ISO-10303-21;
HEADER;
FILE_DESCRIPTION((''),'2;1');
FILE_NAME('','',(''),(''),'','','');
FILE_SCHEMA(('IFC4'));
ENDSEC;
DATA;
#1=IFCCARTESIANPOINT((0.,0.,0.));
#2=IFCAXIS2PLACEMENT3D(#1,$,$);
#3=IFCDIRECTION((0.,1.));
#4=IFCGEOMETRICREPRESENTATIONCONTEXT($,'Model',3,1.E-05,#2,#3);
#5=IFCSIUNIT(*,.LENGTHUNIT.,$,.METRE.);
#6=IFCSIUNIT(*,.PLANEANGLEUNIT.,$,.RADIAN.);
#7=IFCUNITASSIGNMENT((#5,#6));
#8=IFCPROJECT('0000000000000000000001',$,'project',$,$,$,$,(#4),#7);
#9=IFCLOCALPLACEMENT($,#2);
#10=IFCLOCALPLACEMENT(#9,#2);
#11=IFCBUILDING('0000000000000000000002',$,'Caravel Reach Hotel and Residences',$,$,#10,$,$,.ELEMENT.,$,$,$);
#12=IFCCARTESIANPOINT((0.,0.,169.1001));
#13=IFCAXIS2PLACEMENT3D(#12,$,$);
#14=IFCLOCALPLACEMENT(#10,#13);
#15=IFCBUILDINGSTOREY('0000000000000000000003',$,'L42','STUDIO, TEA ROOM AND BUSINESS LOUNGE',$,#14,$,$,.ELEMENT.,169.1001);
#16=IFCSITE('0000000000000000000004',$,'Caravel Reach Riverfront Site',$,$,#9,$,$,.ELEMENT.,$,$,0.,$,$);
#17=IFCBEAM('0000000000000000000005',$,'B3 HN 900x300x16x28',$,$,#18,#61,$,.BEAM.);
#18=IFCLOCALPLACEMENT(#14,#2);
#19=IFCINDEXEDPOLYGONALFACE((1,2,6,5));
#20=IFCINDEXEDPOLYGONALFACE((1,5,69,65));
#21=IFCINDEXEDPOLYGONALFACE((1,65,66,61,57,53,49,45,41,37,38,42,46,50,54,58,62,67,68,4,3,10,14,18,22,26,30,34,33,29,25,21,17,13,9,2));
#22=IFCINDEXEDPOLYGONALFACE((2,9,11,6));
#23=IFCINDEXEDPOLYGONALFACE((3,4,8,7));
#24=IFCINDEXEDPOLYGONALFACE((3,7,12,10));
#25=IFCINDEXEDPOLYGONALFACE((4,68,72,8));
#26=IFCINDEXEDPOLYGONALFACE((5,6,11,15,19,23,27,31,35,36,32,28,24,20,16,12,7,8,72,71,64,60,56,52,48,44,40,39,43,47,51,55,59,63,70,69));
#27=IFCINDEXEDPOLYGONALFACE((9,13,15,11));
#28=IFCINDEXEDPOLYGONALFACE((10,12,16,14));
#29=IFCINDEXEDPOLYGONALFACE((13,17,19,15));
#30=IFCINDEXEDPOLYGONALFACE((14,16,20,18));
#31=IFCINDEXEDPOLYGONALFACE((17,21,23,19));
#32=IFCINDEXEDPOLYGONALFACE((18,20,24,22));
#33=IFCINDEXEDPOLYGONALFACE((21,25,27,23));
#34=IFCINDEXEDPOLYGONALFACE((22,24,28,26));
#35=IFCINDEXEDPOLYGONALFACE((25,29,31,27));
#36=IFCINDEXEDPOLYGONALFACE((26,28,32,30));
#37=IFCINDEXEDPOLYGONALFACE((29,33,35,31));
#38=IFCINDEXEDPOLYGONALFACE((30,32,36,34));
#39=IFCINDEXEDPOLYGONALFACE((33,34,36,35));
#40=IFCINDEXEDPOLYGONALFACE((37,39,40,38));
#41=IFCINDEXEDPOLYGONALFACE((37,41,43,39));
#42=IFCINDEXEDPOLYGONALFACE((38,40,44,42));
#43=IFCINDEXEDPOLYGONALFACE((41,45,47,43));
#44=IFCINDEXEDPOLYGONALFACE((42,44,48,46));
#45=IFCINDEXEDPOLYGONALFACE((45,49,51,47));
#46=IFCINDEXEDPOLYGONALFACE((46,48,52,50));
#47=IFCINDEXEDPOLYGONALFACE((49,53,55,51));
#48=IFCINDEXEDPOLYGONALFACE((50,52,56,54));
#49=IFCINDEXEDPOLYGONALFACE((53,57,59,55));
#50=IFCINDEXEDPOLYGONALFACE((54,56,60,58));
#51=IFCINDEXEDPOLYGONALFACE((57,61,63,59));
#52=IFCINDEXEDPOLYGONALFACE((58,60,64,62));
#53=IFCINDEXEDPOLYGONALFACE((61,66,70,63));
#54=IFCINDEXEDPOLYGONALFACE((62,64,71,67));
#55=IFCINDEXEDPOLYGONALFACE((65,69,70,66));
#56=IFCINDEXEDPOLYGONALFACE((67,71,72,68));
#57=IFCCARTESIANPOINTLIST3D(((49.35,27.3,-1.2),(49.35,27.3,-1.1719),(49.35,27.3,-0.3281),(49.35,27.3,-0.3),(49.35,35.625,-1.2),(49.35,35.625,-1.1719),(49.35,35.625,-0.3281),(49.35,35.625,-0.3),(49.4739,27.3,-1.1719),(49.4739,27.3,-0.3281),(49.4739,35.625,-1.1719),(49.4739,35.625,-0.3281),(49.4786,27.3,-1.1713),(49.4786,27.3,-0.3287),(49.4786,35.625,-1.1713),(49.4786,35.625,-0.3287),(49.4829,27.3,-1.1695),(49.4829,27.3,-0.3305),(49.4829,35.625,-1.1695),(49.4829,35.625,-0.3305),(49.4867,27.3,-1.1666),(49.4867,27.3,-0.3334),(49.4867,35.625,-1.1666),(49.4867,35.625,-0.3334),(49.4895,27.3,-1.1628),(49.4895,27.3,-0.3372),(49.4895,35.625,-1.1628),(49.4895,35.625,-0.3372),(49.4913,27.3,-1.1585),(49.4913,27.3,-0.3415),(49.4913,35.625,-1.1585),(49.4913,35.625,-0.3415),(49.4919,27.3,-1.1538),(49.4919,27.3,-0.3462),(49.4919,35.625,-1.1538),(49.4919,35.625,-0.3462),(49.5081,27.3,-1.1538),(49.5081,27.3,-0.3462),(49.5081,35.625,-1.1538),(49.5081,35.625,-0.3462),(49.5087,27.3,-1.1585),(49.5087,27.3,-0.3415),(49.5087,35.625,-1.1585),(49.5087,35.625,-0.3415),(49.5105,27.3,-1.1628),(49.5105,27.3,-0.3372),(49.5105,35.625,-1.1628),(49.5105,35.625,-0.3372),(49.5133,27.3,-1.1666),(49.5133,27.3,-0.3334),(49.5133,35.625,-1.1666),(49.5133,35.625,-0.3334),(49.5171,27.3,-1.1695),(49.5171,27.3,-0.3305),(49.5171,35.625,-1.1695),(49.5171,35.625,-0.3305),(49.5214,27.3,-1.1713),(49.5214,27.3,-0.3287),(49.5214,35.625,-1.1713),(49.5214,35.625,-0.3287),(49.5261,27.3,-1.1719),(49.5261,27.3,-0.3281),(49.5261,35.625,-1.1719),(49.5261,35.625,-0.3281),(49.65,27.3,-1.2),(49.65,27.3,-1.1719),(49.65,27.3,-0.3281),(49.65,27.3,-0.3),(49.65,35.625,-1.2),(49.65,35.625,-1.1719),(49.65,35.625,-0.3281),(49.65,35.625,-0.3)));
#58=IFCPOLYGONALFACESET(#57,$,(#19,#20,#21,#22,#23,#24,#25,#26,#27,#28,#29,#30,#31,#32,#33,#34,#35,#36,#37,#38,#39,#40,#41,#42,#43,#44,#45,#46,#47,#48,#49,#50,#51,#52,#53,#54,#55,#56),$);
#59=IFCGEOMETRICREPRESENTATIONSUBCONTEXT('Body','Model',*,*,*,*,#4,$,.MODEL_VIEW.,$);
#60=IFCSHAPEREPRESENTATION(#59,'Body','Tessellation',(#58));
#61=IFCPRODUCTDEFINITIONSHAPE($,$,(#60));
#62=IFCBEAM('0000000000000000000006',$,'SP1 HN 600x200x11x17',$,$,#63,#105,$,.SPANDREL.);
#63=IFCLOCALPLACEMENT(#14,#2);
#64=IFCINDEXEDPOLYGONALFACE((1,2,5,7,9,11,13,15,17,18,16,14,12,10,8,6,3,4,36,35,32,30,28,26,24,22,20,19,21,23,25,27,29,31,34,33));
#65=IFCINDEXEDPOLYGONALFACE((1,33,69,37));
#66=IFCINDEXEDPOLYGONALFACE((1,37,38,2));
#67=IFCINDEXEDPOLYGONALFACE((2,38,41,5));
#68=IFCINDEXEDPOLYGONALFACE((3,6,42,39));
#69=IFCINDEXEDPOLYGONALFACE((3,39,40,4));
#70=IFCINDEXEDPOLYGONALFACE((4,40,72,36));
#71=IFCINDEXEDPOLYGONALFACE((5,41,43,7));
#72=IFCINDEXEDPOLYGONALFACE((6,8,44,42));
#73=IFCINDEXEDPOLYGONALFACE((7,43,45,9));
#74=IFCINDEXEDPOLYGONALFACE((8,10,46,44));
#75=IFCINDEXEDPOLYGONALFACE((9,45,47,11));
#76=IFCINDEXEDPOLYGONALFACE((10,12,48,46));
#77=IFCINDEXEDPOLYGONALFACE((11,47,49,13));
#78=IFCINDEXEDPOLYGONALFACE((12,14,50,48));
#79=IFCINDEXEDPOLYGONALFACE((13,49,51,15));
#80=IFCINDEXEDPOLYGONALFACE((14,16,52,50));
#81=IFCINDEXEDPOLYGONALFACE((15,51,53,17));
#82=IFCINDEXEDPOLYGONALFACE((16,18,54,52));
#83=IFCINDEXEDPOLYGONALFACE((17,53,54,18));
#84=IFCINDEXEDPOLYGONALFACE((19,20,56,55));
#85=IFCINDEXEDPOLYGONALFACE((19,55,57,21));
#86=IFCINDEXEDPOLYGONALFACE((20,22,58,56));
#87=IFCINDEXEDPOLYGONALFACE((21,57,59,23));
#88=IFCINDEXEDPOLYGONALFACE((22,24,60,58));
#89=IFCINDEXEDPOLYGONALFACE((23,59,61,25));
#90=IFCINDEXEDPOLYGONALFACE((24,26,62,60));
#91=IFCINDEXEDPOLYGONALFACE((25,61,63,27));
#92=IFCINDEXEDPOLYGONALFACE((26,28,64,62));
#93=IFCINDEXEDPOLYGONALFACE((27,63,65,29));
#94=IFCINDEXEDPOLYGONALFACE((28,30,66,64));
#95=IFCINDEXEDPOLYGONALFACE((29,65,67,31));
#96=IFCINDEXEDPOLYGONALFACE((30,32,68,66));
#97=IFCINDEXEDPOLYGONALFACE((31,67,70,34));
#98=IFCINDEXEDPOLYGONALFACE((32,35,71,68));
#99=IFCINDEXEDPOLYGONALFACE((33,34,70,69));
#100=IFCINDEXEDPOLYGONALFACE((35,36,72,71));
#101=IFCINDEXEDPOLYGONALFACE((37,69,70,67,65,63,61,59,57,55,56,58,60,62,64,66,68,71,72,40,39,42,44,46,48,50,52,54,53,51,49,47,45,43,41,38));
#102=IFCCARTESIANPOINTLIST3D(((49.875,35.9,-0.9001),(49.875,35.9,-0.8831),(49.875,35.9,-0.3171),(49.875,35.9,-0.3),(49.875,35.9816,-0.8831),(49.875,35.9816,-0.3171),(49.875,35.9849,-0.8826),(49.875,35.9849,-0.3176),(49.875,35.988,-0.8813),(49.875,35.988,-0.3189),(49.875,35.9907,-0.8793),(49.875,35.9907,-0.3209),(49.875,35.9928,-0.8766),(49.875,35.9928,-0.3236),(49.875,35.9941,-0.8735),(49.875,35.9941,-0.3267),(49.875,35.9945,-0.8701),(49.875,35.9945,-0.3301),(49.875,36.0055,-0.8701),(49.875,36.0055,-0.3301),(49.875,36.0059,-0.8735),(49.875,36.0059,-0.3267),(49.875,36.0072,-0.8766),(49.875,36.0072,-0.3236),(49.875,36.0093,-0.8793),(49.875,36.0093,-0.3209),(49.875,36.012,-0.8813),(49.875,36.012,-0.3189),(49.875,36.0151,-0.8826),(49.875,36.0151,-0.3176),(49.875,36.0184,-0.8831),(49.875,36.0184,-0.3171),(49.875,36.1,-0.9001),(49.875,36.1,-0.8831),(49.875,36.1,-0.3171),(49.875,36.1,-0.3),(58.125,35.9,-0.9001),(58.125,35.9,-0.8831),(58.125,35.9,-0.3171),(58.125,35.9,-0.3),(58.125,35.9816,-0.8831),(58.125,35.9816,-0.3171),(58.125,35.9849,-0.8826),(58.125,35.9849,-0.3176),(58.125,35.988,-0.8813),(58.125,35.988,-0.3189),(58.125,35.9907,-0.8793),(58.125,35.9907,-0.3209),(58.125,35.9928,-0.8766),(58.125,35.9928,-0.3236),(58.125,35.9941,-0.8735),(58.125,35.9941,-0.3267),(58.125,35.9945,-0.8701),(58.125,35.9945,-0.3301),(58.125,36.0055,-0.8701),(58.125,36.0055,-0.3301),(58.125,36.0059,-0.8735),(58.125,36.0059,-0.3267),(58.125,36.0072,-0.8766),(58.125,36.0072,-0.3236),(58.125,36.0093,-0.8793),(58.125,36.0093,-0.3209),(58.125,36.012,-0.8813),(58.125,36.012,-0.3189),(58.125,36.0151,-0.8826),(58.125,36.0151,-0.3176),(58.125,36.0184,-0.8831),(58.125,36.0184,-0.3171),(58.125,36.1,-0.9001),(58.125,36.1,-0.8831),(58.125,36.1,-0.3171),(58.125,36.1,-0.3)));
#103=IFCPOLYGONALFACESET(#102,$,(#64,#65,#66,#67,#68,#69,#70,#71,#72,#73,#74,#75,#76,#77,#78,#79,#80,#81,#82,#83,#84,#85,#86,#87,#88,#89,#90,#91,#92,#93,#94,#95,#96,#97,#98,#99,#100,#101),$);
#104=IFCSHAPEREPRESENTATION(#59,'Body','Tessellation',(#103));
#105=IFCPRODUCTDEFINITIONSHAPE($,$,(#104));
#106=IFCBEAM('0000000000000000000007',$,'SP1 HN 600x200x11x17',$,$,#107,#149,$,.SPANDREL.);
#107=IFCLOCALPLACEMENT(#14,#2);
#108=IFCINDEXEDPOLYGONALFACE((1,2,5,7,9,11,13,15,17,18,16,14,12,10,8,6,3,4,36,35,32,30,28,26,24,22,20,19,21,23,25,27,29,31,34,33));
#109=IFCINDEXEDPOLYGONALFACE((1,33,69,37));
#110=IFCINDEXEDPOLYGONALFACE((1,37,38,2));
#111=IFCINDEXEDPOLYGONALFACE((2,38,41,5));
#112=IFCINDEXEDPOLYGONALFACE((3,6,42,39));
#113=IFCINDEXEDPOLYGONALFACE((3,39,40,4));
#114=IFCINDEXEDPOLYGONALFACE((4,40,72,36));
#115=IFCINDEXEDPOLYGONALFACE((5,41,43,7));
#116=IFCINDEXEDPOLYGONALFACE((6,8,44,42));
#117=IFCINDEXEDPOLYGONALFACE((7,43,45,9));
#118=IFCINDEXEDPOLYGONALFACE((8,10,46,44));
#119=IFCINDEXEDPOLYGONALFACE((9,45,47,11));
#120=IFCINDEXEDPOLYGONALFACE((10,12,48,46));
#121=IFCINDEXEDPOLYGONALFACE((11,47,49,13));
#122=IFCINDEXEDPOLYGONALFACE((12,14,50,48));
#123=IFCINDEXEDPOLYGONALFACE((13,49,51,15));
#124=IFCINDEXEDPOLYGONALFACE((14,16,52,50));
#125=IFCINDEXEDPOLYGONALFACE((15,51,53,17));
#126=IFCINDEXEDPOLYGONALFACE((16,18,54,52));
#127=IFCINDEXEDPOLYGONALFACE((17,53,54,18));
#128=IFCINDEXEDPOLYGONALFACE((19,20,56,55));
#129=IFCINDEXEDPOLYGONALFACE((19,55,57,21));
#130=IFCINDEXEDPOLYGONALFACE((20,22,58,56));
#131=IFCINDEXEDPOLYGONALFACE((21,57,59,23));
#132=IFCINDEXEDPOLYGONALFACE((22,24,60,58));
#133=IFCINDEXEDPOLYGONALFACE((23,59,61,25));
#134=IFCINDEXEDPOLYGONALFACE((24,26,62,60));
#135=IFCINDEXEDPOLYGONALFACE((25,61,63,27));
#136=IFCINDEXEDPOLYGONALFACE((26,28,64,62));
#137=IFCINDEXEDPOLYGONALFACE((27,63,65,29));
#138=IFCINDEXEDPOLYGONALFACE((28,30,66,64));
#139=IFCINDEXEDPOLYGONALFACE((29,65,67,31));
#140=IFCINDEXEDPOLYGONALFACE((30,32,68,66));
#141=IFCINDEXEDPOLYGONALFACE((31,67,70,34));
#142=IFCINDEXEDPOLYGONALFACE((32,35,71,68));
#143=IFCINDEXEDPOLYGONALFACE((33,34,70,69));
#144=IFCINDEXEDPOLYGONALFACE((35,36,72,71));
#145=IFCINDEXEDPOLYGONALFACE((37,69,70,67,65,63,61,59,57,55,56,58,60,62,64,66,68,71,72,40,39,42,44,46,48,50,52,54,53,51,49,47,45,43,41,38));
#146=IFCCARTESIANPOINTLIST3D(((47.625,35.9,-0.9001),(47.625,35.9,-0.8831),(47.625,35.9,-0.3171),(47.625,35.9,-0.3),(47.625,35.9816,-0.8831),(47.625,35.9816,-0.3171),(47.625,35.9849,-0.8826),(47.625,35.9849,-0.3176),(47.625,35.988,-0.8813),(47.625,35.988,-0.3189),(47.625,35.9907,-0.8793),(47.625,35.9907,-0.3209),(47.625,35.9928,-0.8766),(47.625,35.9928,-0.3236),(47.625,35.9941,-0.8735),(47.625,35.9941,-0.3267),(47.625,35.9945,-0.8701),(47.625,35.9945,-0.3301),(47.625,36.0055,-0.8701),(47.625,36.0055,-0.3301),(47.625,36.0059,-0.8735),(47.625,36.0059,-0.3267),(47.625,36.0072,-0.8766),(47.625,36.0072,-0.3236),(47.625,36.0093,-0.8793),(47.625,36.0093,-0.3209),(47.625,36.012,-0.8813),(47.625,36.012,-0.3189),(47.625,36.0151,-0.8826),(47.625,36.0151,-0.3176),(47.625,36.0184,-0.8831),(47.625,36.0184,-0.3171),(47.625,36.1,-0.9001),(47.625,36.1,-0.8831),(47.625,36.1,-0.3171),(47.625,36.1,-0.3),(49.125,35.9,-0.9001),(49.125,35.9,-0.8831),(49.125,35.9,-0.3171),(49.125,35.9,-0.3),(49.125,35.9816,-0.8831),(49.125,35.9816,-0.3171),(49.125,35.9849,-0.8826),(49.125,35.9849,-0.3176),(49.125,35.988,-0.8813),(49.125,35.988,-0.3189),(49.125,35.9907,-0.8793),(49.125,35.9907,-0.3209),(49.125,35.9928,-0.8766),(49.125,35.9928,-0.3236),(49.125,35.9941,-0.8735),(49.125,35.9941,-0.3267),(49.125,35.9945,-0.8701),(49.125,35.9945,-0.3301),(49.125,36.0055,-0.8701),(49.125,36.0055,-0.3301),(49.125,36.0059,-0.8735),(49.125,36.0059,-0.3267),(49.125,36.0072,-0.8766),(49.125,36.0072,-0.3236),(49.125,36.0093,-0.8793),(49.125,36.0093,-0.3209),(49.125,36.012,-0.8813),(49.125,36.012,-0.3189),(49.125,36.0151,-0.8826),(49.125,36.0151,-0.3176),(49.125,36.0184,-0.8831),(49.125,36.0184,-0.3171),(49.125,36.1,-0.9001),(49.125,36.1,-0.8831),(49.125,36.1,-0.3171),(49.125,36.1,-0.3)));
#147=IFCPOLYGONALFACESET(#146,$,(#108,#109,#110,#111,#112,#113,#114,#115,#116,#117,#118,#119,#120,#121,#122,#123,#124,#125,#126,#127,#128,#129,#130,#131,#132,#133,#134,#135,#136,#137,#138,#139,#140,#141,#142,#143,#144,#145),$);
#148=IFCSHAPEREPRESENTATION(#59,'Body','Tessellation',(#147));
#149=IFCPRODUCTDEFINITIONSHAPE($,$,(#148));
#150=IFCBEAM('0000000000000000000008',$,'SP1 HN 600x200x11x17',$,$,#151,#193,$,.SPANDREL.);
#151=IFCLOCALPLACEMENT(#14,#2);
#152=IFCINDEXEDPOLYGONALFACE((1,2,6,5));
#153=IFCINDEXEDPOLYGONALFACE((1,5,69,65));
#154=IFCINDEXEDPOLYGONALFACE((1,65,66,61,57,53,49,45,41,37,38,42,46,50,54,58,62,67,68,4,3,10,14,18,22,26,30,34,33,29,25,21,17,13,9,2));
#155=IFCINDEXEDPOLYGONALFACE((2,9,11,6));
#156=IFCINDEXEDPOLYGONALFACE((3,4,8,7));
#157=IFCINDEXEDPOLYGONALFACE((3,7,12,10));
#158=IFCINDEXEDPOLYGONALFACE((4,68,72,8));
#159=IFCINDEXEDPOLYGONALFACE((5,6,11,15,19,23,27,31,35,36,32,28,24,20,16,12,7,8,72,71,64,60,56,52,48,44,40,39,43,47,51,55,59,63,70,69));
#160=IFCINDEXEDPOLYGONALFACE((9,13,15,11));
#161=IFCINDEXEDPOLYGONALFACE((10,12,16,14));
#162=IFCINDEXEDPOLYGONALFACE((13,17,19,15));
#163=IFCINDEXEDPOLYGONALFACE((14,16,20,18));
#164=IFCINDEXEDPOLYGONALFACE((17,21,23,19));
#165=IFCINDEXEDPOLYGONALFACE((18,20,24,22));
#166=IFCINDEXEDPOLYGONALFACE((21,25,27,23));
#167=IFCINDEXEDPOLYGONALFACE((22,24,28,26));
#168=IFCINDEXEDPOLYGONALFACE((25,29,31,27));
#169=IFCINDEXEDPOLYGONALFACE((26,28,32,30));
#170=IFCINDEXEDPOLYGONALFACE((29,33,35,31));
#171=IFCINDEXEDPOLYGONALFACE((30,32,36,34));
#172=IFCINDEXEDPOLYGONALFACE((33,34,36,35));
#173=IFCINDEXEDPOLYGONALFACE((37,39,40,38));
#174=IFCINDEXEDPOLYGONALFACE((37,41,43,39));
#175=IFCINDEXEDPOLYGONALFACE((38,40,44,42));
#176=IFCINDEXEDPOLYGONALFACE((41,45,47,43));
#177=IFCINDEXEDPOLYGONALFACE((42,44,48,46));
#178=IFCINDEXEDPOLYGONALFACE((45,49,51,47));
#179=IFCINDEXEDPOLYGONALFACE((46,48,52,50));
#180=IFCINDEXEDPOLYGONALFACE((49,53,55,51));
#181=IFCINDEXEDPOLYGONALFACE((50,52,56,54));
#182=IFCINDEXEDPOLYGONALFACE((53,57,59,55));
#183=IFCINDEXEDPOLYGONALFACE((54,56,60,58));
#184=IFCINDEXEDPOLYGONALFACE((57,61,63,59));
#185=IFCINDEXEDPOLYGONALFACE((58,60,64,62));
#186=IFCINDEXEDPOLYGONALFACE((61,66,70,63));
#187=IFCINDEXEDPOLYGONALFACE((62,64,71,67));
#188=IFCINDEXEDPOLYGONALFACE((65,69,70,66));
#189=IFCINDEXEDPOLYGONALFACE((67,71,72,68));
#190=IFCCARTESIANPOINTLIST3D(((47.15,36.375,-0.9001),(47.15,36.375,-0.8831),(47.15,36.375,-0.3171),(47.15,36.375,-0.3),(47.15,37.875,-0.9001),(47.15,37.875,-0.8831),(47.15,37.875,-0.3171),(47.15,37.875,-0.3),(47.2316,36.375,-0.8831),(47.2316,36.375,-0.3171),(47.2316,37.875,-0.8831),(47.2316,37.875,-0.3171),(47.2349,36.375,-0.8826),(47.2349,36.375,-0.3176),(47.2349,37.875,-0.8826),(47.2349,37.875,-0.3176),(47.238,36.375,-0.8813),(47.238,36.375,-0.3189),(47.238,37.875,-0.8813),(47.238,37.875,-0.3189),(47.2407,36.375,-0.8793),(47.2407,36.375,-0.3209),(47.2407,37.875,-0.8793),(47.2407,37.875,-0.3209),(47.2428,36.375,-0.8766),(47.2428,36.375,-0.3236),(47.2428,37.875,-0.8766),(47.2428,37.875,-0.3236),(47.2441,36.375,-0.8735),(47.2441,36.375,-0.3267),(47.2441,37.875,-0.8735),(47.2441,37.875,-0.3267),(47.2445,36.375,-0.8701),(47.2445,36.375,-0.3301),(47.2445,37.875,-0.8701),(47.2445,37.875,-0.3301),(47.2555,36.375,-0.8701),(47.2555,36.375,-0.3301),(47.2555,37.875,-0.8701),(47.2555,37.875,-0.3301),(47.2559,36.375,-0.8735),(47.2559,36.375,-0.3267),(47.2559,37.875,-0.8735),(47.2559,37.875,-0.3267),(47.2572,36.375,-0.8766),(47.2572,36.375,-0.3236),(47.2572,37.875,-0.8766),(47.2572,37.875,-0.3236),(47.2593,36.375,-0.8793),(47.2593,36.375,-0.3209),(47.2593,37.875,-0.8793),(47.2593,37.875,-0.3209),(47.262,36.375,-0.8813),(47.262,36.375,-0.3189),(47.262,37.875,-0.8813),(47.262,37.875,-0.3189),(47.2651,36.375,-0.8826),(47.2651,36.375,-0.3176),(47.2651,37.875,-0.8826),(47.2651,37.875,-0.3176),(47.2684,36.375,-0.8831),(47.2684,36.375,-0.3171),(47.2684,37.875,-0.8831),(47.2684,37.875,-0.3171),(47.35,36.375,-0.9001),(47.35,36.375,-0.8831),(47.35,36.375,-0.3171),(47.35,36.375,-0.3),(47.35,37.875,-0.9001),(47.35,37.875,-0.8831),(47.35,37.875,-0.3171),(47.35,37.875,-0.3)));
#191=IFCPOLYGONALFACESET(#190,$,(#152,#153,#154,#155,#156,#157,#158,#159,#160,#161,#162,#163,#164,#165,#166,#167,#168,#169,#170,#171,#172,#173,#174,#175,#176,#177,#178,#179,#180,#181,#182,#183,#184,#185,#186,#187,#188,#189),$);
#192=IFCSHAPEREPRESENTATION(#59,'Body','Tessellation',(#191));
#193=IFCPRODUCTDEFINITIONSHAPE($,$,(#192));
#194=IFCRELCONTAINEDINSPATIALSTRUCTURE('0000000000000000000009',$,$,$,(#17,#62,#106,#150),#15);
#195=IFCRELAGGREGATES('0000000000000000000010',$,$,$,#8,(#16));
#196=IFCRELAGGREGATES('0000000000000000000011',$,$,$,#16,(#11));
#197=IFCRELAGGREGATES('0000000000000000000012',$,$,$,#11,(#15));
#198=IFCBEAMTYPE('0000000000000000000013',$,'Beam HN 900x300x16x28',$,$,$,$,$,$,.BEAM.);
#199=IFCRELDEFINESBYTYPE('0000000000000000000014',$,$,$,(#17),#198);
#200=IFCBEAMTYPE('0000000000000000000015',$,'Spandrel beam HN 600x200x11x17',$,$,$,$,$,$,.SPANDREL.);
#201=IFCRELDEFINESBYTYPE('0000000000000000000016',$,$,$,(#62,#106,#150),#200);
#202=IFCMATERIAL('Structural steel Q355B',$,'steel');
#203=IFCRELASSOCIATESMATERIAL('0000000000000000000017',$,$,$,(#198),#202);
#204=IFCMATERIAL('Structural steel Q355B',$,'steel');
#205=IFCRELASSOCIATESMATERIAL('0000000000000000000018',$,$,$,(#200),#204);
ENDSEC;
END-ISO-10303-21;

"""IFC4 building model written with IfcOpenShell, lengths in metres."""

from ifc_helpers import new_model, si_unit, direction, frame, origin, origin_2d, place, context, subcontext, project, spatial, i_section, extrude, material, material_profile, profile_set, type_object, element, save


model = new_model("IFC4")

# Units and contexts
model_context = context("Model", 3, precision=1e-05, world=origin(), true_north=direction((0.0, 1.0)))
body_context = subcontext(model_context, "Body", "Model", "MODEL_VIEW")
ifc_project = project(units=[si_unit("LENGTHUNIT", "METRE"), si_unit("PLANEANGLEUNIT", "RADIAN")], contexts=[model_context])

# Site, building, storey
site_placement = place(None, origin())
site = spatial("IfcSite", under=ifc_project, at=site_placement, Name="Caravel Reach Riverfront Site", CompositionType="ELEMENT", RefElevation=0.0)
building_placement = place(site_placement, origin())
building = spatial("IfcBuilding", under=site, at=building_placement, Name="Caravel Reach Hotel and Residences", CompositionType="ELEMENT")
storey_placement = place(building_placement, frame((0.0, 0.0, 169.1001)))
storey = spatial("IfcBuildingStorey", under=building, at=storey_placement, Name="L42", Description="STUDIO, TEA ROOM AND BUSINESS LOUNGE", CompositionType="ELEMENT", Elevation=169.1001)

# Beams
ifc_material_1 = material(Name="Structural steel Q355B", Category="steel")
ifc_material_profile_1 = material_profile(ifc_material_1, i_section(OverallWidth=0.3, OverallDepth=0.8999, WebThickness=0.0161, FlangeThickness=0.0281, FilletRadius=0.0181, at=origin_2d()), Name="HN 900x300x16x28")
ifc_profile_set_1 = profile_set([ifc_material_profile_1], Name="Structural steel Q355B")
beam_type_1 = type_object("IfcBeamType", Name="Beam HN 900x300x16x28", PredefinedType="BEAM", material=ifc_profile_set_1)
beam_1_placement = place(storey_placement, frame((49.5, 27.3, -0.75), z_axis=(0.0, 1.0, 0.0), x_axis=(-1.0, 0.0, 0.0)))
element("IfcBeam", 1, at=beam_1_placement, inside=storey, type_object=beam_type_1, Name="B3 HN 900x300x16x28", PredefinedType="BEAM", context=body_context, shape_type="SweptSolid", body=[
    extrude(i_section(OverallWidth=0.3, OverallDepth=0.8999, WebThickness=0.0161, FlangeThickness=0.0281, FilletRadius=0.0181, at=origin_2d()), origin(), (0.0, 0.0, 1.0), 8.325),
])
ifc_material_2 = material(Name="Structural steel Q355B", Category="steel")
ifc_material_profile_2 = material_profile(ifc_material_2, i_section(OverallWidth=0.2, OverallDepth=0.6001, WebThickness=0.011, FlangeThickness=0.0171, FilletRadius=0.0129, at=origin_2d()), Name="HN 600x200x11x17")
ifc_profile_set_2 = profile_set([ifc_material_profile_2], Name="Structural steel Q355B")
beam_type_2 = type_object("IfcBeamType", Name="Spandrel beam HN 600x200x11x17", PredefinedType="SPANDREL", material=ifc_profile_set_2)
beam_2_placement = place(storey_placement, frame((58.125, 36.0, -0.6001), z_axis=(-1.0, 0.0, 0.0), x_axis=(0.0, -1.0, 0.0)))
element("IfcBeam", 2, at=beam_2_placement, inside=storey, type_object=beam_type_2, Name="SP1 HN 600x200x11x17", PredefinedType="SPANDREL", context=body_context, shape_type="SweptSolid", body=[
    extrude(i_section(OverallWidth=0.2, OverallDepth=0.6001, WebThickness=0.011, FlangeThickness=0.0171, FilletRadius=0.0129, at=origin_2d()), origin(), (0.0, 0.0, 1.0), 8.25),
])
for number, where, z_axis, x_axis, name in (
    (3, (49.125, 36.0, -0.6001), (-1.0, 0.0, 0.0), (0.0, -1.0, 0.0), "SP1 HN 600x200x11x17"),
    (4, (47.25, 36.375, -0.6001), (0.0, 1.0, 0.0), (-1.0, 0.0, 0.0), "SP1 HN 600x200x11x17"),
):
    element("IfcBeam", number, at=place(storey_placement, frame(where, z_axis=z_axis, x_axis=x_axis)), inside=storey, type_object=beam_type_2, Name=name, PredefinedType="SPANDREL", context=body_context, shape_type="SweptSolid", body=[
        extrude(i_section(OverallWidth=0.2, OverallDepth=0.6001, WebThickness=0.011, FlangeThickness=0.0171, FilletRadius=0.0129, at=origin_2d()), origin(), (0.0, 0.0, 1.0), 1.5),
    ])

save(model, "model.ifc")
